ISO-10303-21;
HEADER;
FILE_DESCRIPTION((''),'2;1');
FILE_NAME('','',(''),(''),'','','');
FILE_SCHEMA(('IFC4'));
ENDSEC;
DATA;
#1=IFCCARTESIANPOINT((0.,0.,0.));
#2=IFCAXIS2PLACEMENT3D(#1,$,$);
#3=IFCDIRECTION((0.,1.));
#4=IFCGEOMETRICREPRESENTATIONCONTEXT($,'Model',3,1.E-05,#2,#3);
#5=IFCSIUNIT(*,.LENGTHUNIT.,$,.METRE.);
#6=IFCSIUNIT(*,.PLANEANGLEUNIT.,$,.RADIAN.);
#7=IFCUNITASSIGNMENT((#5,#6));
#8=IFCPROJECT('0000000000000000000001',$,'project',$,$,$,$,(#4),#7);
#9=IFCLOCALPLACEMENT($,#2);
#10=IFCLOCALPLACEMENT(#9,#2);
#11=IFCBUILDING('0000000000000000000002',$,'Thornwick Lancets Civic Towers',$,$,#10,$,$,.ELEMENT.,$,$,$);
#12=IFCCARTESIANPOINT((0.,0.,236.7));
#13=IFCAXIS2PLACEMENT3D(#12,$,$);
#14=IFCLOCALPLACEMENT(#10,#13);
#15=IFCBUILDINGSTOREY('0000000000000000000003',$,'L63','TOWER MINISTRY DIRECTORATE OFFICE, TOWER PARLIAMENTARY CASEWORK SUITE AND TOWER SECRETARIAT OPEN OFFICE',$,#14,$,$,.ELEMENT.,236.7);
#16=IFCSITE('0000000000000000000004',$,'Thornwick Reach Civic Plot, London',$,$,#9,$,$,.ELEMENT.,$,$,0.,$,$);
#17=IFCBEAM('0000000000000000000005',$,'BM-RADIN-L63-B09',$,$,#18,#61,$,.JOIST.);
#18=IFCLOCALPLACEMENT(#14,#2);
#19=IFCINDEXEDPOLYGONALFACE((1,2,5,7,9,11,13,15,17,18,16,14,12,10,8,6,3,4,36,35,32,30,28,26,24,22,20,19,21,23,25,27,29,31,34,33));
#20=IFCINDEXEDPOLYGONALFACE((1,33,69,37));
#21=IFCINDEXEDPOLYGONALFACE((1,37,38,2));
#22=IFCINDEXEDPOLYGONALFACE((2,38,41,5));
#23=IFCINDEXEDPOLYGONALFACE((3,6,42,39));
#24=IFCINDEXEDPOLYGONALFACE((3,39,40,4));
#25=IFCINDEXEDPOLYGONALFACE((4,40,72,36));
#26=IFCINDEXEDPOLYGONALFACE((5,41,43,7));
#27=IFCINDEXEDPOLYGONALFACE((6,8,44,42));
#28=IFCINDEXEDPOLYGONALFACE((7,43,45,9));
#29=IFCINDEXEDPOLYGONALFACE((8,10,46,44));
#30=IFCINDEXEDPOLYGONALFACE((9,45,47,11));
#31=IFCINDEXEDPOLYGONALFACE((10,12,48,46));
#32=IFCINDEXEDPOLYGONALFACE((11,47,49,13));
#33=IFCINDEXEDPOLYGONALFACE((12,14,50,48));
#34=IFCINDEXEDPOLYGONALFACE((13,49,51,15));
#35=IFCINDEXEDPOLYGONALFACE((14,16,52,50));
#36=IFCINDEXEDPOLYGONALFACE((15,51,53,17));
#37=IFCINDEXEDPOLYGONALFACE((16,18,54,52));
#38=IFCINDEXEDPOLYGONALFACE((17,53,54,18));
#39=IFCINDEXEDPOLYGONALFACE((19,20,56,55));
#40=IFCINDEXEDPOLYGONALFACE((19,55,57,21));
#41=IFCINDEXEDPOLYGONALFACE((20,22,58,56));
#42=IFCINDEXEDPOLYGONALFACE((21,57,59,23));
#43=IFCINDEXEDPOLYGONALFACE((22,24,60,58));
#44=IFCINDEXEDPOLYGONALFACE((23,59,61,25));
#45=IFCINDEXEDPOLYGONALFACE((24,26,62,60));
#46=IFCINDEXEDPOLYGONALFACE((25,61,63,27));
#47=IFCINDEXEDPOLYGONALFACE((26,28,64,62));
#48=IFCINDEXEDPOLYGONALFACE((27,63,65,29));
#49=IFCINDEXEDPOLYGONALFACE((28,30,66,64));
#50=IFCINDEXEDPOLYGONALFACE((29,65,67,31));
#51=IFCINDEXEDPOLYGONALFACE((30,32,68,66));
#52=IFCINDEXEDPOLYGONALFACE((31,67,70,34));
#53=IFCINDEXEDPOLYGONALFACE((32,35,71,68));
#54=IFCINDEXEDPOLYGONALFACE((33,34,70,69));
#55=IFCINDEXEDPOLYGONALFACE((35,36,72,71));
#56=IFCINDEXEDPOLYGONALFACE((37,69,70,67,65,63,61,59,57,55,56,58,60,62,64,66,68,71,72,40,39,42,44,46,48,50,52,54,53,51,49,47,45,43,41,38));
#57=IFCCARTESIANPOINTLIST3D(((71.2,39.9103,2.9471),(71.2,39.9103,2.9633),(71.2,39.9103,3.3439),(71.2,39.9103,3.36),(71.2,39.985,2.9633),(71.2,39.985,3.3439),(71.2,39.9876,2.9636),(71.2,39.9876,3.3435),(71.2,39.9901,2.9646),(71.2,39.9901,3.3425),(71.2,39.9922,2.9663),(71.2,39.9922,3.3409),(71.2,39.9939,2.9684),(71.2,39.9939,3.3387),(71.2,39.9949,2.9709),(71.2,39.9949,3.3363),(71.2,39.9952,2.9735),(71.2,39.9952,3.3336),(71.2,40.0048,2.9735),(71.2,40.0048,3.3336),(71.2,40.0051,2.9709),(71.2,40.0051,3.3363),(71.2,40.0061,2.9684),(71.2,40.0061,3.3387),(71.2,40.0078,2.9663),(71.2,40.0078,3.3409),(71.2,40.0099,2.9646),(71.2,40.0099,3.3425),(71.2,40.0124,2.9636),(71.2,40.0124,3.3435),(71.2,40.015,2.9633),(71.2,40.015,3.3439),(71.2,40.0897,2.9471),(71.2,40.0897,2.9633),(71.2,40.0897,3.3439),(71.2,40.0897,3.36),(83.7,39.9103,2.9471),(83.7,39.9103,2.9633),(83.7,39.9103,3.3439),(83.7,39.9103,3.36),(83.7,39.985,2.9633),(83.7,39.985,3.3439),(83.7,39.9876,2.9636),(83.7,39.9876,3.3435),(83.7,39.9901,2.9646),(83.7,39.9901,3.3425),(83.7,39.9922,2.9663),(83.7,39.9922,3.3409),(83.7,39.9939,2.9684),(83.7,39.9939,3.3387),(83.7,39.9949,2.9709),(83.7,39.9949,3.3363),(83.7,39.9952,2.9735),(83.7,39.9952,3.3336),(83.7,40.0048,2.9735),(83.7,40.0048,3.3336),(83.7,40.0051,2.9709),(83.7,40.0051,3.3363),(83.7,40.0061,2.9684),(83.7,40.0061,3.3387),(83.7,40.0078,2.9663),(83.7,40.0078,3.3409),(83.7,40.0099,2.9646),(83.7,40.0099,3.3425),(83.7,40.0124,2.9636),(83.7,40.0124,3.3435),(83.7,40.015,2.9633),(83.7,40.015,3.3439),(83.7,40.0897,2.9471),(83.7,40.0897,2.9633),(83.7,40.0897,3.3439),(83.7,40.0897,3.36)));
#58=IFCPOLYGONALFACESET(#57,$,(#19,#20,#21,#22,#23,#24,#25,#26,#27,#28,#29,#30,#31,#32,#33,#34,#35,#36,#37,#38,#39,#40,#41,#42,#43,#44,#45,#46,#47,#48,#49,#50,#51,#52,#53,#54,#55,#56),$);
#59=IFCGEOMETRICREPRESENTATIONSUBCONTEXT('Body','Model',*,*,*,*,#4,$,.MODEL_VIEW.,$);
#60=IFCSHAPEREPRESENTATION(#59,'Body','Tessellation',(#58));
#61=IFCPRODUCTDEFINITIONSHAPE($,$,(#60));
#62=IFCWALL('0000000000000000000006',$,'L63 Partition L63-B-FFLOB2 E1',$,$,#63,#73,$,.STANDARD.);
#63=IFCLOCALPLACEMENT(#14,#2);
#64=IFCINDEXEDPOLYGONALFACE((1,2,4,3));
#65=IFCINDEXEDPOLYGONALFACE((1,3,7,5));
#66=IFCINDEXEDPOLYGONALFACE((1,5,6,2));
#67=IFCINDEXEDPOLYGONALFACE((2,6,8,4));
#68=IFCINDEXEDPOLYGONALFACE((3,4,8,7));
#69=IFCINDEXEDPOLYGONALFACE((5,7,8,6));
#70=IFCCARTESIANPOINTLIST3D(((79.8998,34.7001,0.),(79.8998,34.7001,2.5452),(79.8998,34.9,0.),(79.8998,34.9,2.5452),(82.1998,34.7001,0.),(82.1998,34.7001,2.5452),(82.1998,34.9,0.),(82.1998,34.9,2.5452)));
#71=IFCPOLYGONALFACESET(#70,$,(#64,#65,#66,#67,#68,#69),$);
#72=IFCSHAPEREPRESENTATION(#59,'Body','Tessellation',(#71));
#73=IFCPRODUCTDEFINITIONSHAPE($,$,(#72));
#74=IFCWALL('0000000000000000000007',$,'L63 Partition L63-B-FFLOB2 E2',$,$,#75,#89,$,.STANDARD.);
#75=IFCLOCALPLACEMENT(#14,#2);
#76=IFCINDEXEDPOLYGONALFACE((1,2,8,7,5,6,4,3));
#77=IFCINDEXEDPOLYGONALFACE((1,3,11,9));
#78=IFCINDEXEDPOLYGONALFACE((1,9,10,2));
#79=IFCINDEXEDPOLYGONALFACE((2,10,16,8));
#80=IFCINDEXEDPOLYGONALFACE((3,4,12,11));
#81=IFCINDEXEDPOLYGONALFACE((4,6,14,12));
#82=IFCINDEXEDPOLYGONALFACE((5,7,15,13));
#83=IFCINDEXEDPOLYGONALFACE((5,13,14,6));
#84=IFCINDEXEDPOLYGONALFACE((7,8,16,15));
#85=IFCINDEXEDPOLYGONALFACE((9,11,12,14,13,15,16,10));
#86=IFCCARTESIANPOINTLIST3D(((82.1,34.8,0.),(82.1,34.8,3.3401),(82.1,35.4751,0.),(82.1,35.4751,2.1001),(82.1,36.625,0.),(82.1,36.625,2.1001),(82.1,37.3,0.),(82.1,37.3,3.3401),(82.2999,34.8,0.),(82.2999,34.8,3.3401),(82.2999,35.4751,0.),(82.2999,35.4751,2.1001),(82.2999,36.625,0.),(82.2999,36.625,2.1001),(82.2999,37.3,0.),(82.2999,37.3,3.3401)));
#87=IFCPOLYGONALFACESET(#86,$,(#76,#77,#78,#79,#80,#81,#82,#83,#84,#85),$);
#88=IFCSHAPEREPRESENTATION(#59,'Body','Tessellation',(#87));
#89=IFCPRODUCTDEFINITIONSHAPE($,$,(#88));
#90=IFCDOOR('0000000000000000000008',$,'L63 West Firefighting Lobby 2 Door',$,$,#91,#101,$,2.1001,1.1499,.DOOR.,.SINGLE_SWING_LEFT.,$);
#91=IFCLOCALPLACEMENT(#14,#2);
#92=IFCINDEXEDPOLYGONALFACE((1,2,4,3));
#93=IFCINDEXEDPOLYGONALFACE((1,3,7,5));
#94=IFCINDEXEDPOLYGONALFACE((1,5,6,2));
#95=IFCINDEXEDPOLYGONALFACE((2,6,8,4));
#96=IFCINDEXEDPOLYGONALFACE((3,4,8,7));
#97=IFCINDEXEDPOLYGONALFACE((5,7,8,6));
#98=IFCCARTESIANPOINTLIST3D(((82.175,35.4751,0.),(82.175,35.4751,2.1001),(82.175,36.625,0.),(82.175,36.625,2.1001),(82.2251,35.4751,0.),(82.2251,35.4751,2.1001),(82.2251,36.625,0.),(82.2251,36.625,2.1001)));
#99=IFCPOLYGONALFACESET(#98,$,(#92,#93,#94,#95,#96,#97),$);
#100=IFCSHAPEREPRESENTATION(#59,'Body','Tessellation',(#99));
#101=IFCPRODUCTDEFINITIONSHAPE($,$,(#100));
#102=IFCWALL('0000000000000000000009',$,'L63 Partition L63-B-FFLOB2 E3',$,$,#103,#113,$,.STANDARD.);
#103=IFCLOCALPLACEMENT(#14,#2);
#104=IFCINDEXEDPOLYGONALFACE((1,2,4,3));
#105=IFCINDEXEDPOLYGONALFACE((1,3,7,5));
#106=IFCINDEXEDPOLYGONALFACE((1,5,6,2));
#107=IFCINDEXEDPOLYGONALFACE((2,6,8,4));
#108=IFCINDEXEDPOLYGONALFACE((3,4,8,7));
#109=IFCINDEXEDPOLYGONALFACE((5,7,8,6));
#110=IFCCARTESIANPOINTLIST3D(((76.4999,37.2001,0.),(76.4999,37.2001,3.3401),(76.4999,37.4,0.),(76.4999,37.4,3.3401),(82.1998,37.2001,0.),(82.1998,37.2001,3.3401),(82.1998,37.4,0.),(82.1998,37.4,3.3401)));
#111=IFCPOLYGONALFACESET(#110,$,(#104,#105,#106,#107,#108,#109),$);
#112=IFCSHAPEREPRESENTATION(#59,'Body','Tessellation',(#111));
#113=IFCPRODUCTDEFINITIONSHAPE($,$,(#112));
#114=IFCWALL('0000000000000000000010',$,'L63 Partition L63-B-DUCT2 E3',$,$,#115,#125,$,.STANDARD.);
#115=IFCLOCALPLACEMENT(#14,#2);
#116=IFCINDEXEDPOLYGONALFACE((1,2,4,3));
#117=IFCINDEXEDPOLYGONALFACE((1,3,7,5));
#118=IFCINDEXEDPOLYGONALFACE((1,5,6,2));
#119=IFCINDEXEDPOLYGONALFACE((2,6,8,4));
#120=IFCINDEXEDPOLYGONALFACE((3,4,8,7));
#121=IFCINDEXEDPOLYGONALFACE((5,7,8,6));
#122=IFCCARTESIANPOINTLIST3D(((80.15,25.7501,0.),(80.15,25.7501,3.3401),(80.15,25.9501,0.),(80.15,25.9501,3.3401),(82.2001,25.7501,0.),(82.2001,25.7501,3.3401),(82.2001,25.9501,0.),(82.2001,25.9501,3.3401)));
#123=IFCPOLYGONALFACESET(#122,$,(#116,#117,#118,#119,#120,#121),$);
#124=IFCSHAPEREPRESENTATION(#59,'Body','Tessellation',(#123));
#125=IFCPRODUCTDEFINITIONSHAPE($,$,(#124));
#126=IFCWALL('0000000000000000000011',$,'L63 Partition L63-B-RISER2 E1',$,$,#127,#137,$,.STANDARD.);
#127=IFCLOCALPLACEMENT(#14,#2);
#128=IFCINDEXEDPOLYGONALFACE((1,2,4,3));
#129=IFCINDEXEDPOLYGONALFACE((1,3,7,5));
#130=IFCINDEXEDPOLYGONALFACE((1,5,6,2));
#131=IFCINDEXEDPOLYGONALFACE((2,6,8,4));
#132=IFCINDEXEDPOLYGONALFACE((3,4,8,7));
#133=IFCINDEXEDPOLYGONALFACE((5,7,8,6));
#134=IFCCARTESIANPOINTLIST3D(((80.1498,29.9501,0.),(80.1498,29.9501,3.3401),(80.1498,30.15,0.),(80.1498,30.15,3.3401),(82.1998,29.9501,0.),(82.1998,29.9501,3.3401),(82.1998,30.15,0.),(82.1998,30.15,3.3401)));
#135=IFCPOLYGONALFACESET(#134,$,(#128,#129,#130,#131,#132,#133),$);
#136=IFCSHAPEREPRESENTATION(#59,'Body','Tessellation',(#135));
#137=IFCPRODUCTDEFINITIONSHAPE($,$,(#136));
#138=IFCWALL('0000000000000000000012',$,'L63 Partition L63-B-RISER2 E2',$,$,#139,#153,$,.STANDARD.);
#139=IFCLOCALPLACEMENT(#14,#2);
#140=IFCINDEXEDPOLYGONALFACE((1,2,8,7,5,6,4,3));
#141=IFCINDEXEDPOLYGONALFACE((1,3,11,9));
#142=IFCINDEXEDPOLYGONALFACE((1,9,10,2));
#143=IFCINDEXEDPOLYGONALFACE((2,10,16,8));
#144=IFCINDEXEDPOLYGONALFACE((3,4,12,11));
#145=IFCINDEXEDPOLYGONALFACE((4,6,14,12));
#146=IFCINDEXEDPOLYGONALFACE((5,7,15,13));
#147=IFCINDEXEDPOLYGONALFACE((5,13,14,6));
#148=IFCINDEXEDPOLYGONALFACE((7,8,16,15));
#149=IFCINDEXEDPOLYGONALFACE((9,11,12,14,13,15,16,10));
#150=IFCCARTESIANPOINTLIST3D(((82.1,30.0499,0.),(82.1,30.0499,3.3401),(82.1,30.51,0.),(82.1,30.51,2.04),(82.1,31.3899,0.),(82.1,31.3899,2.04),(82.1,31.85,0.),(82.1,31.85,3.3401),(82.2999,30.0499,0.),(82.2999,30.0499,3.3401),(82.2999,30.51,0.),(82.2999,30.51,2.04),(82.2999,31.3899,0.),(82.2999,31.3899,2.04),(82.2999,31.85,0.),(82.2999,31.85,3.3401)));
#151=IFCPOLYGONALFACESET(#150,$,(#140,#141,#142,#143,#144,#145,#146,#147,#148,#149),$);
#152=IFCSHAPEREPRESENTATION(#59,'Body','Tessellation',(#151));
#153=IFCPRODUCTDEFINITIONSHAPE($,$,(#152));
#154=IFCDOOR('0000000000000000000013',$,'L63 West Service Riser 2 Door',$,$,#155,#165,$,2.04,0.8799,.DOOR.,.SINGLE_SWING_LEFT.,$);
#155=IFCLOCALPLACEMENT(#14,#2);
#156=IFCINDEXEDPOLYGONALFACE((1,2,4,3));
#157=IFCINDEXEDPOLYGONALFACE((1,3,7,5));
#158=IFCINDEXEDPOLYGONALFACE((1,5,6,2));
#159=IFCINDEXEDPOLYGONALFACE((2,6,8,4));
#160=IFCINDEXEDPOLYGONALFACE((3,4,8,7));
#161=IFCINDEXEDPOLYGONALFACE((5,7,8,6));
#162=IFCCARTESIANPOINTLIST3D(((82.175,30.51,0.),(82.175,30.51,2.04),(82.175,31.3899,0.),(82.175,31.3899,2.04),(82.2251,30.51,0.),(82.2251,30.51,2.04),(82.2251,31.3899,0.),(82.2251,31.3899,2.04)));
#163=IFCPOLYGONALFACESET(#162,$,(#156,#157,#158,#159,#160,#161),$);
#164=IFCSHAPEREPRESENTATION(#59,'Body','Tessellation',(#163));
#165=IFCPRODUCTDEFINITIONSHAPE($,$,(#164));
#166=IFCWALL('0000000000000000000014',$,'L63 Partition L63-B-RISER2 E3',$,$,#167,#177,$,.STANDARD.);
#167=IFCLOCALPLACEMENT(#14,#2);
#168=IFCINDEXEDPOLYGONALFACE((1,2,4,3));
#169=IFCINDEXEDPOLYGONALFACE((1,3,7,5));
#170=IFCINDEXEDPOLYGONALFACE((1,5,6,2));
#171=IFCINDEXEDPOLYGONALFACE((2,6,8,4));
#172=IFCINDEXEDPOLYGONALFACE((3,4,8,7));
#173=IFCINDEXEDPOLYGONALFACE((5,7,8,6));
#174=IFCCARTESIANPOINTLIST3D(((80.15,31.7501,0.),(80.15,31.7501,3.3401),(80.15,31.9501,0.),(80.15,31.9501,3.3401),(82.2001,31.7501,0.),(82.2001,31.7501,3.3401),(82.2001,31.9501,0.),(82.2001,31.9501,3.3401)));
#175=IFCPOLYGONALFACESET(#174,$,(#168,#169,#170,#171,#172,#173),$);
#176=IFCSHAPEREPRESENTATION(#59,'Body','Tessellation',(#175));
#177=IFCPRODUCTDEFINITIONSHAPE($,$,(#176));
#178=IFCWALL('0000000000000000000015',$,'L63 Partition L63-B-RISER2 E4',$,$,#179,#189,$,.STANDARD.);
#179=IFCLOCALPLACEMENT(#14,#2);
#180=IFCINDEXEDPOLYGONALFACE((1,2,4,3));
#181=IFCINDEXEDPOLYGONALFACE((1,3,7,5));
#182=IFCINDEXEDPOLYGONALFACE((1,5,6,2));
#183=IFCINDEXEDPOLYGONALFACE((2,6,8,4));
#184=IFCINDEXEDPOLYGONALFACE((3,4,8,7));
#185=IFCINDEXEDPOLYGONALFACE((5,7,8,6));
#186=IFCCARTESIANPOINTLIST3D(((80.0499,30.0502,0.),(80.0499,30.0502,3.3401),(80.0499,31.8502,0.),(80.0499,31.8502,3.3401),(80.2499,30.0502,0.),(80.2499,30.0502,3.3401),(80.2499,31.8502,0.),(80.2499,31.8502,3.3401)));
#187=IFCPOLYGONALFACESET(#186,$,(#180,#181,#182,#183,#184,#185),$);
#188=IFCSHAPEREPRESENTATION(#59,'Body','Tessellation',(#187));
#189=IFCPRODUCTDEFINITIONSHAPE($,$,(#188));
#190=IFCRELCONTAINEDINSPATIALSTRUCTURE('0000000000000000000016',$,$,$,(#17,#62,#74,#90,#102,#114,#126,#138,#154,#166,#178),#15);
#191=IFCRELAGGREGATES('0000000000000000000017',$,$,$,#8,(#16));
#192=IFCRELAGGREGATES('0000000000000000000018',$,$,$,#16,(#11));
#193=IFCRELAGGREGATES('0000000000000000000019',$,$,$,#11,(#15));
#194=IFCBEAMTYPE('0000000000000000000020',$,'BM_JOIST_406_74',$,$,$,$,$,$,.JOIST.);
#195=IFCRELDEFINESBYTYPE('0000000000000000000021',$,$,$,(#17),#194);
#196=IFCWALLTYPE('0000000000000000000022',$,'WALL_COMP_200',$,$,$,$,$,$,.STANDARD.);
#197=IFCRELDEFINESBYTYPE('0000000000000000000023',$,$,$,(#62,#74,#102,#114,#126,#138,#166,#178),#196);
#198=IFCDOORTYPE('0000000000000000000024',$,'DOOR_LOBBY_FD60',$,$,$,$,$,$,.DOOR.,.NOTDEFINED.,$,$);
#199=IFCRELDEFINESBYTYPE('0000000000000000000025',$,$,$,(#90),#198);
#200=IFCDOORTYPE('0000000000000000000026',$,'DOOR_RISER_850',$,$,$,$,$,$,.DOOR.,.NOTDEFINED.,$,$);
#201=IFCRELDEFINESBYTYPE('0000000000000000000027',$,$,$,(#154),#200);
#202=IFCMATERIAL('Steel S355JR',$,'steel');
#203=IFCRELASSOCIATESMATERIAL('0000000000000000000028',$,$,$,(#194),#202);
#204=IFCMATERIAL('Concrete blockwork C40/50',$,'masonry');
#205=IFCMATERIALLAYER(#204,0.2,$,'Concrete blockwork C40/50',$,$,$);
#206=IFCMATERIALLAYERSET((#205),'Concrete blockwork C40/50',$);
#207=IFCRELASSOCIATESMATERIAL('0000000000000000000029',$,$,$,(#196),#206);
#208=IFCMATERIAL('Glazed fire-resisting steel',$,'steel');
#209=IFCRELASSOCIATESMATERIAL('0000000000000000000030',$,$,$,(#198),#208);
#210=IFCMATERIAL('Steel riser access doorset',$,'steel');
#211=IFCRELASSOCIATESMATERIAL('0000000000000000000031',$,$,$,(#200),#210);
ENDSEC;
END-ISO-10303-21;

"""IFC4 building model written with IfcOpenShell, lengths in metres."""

from ifc_helpers import new_model, si_unit, direction, frame, frame_2d, origin, origin_2d, place, context, subcontext, project, spatial, rectangle, i_section, extrude, material, layer, layer_set, material_profile, profile_set, type_object, element, fill, save


model = new_model("IFC4")

# Units and contexts
model_context = context("Model", 3, precision=1e-05, world=origin(), true_north=direction((0.0, 1.0)))
body_context = subcontext(model_context, "Body", "Model", "MODEL_VIEW")
ifc_project = project(units=[si_unit("LENGTHUNIT", "METRE"), si_unit("PLANEANGLEUNIT", "RADIAN")], contexts=[model_context])

# Site, building, storey
site_placement = place(None, origin())
site = spatial("IfcSite", under=ifc_project, at=site_placement, Name="Thornwick Reach Civic Plot, London", CompositionType="ELEMENT", RefElevation=0.0)
building_placement = place(site_placement, origin())
building = spatial("IfcBuilding", under=site, at=building_placement, Name="Thornwick Lancets Civic Towers", CompositionType="ELEMENT")
storey_placement = place(building_placement, frame((0.0, 0.0, 236.7)))
storey = spatial("IfcBuildingStorey", under=building, at=storey_placement, Name="L63", Description="TOWER MINISTRY DIRECTORATE OFFICE, TOWER PARLIAMENTARY CASEWORK SUITE AND TOWER SECRETARIAT OPEN OFFICE", CompositionType="ELEMENT", Elevation=236.7)

# Beam
ifc_material_1 = material(Name="Steel S355JR", Category="steel")
ifc_material_profile_1 = material_profile(ifc_material_1, i_section(OverallWidth=0.1794, OverallDepth=0.4128, WebThickness=0.0095, FlangeThickness=0.0161, FilletRadius=0.0103, at=origin_2d()), Name="UKB 406x178x74")
ifc_profile_set_1 = profile_set([ifc_material_profile_1], Name="Steel S355JR")
beam_type_1 = type_object("IfcBeamType", Name="BM_JOIST_406_74", PredefinedType="JOIST", material=ifc_profile_set_1)
beam_1_placement = place(storey_placement, frame((83.7, 40.0, 3.1536), z_axis=(-1.0, 0.0, 0.0), x_axis=(0.0, -1.0, 0.0)))
element("IfcBeam", 1, at=beam_1_placement, inside=storey, type_object=beam_type_1, Name="BM-RADIN-L63-B09", PredefinedType="JOIST", context=body_context, shape_type="SweptSolid", body=[
    extrude(i_section(OverallWidth=0.1794, OverallDepth=0.4128, WebThickness=0.0095, FlangeThickness=0.0161, FilletRadius=0.0103, at=origin_2d()), origin(), (0.0, 0.0, 1.0), 12.5),
])

# Wall
ifc_material_2 = material(Name="Concrete blockwork C40/50", Category="masonry")
ifc_layer_1 = layer(ifc_material_2, 0.2, Name="Concrete blockwork C40/50")
ifc_layer_set_1 = layer_set([ifc_layer_1], Name="Concrete blockwork C40/50")
wall_type_1 = type_object("IfcWallType", Name="WALL_COMP_200", PredefinedType="STANDARD", material=ifc_layer_set_1)
wall_1_placement = place(storey_placement, frame((79.8999, 34.8, 0.0), z_axis=(0.0, 0.0, 1.0), x_axis=(1.0, 0.0, 0.0)))
element("IfcWall", 2, at=wall_1_placement, inside=storey, type_object=wall_type_1, Name="L63 Partition L63-B-FFLOB2 E1", PredefinedType="STANDARD", context=body_context, shape_type="SweptSolid", body=[
    extrude(rectangle(XDim=2.3, YDim=0.2, at=frame_2d((1.1499, 0.0))), origin(), (0.0, 0.0, 1.0), 2.5452),
])

# Wall, opening, door
wall_2_placement = place(storey_placement, frame((82.2, 34.8, 0.0), z_axis=(0.0, 0.0, 1.0), x_axis=(0.0, 1.0, 0.0)))
wall_2 = element("IfcWall", 3, at=wall_2_placement, inside=storey, type_object=wall_type_1, Name="L63 Partition L63-B-FFLOB2 E2", PredefinedType="STANDARD", context=body_context, shape_type="SweptSolid", body=[
    extrude(rectangle(XDim=2.5, YDim=0.2, at=frame_2d((1.25, 0.0))), origin(), (0.0, 0.0, 1.0), 3.3401),
])
opening_1_placement = place(wall_2_placement, frame((0.675, 0.0, 0.0)))
opening_1 = element("IfcOpeningElement", 4, at=opening_1_placement, cuts=wall_2, PredefinedType="OPENING", context=body_context, shape_type="SweptSolid", body=[
    extrude(rectangle(XDim=1.1499, YDim=2.1001, at=frame_2d((0.575, 1.05))), frame((0.0, 0.1099, 0.0), z_axis=(0.0, -1.0, 0.0), x_axis=(1.0, 0.0, 0.0)), (0.0, 0.0, 1.0), 0.22),
])
ifc_material_3 = material(Name="Glazed fire-resisting steel", Category="steel")
door_type_1 = type_object("IfcDoorType", Name="DOOR_LOBBY_FD60", OperationType="NOTDEFINED", PredefinedType="DOOR", material=ifc_material_3)
door_1_placement = place(opening_1_placement, origin())
door_1 = element("IfcDoor", 5, at=door_1_placement, inside=storey, type_object=door_type_1, Name="L63 West Firefighting Lobby 2 Door", OperationType="SINGLE_SWING_LEFT", OverallHeight=2.1001, OverallWidth=1.1499, PredefinedType="DOOR", context=body_context, shape_type="SweptSolid", body=[
    extrude(rectangle(XDim=1.1499, YDim=2.1001, at=frame_2d((0.575, 1.05))), frame((0.0, 0.0249, 0.0), z_axis=(0.0, -1.0, 0.0), x_axis=(1.0, 0.0, 0.0)), (0.0, 0.0, 1.0), 0.05),
])
fill(opening_1, door_1)

# Walls
wall_3_placement = place(storey_placement, frame((82.2, 37.3, 0.0), z_axis=(0.0, 0.0, 1.0), x_axis=(-1.0, 0.0, 0.0)))
element("IfcWall", 6, at=wall_3_placement, inside=storey, type_object=wall_type_1, Name="L63 Partition L63-B-FFLOB2 E3", PredefinedType="STANDARD", context=body_context, shape_type="SweptSolid", body=[
    extrude(rectangle(XDim=5.7, YDim=0.2, at=frame_2d((2.8501, 0.0))), origin(), (0.0, 0.0, 1.0), 3.3401),
])
for number, where, z_axis, x_axis, name in (
    (7, (82.2, 25.8501, 0.0), (0.0, 0.0, 1.0), (-1.0, 0.0, 0.0), "L63 Partition L63-B-DUCT2 E3"),
    (8, (80.1499, 30.05, 0.0), (0.0, 0.0, 1.0), (1.0, 0.0, 0.0), "L63 Partition L63-B-RISER2 E1"),
):
    element("IfcWall", number, at=place(storey_placement, frame(where, z_axis=z_axis, x_axis=x_axis)), inside=storey, type_object=wall_type_1, Name=name, PredefinedType="STANDARD", context=body_context, shape_type="SweptSolid", body=[
        extrude(rectangle(XDim=2.05, YDim=0.2, at=frame_2d((1.0249, 0.0))), origin(), (0.0, 0.0, 1.0), 3.3401),
    ])

# Wall, opening, door
wall_4_placement = place(storey_placement, frame((82.2, 30.05, 0.0), z_axis=(0.0, 0.0, 1.0), x_axis=(0.0, 1.0, 0.0)))
wall_4 = element("IfcWall", 9, at=wall_4_placement, inside=storey, type_object=wall_type_1, Name="L63 Partition L63-B-RISER2 E2", PredefinedType="STANDARD", context=body_context, shape_type="SweptSolid", body=[
    extrude(rectangle(XDim=1.8, YDim=0.2, at=frame_2d((0.8999, 0.0))), origin(), (0.0, 0.0, 1.0), 3.3401),
])
opening_2_placement = place(wall_4_placement, frame((0.46, 0.0, 0.0)))
opening_2 = element("IfcOpeningElement", 10, at=opening_2_placement, cuts=wall_4, PredefinedType="OPENING", context=body_context, shape_type="SweptSolid", body=[
    extrude(rectangle(XDim=0.8799, YDim=2.04, at=frame_2d((0.4399, 1.02))), frame((0.0, 0.1099, 0.0), z_axis=(0.0, -1.0, 0.0), x_axis=(1.0, 0.0, 0.0)), (0.0, 0.0, 1.0), 0.22),
])
ifc_material_4 = material(Name="Steel riser access doorset", Category="steel")
door_type_2 = type_object("IfcDoorType", Name="DOOR_RISER_850", OperationType="NOTDEFINED", PredefinedType="DOOR", material=ifc_material_4)
door_2_placement = place(opening_2_placement, origin())
door_2 = element("IfcDoor", 11, at=door_2_placement, inside=storey, type_object=door_type_2, Name="L63 West Service Riser 2 Door", OperationType="SINGLE_SWING_LEFT", OverallHeight=2.04, OverallWidth=0.8799, PredefinedType="DOOR", context=body_context, shape_type="SweptSolid", body=[
    extrude(rectangle(XDim=0.8799, YDim=2.04, at=frame_2d((0.4399, 1.02))), frame((0.0, 0.0249, 0.0), z_axis=(0.0, -1.0, 0.0), x_axis=(1.0, 0.0, 0.0)), (0.0, 0.0, 1.0), 0.05),
])
fill(opening_2, door_2)

# Walls
wall_5_placement = place(storey_placement, frame((82.2, 31.8501, 0.0), z_axis=(0.0, 0.0, 1.0), x_axis=(-1.0, 0.0, 0.0)))
element("IfcWall", 12, at=wall_5_placement, inside=storey, type_object=wall_type_1, Name="L63 Partition L63-B-RISER2 E3", PredefinedType="STANDARD", context=body_context, shape_type="SweptSolid", body=[
    extrude(rectangle(XDim=2.05, YDim=0.2, at=frame_2d((1.0249, 0.0))), origin(), (0.0, 0.0, 1.0), 3.3401),
])
wall_6_placement = place(storey_placement, frame((80.1499, 31.8501, 0.0), z_axis=(0.0, 0.0, 1.0), x_axis=(0.0, -1.0, 0.0)))
element("IfcWall", 13, at=wall_6_placement, inside=storey, type_object=wall_type_1, Name="L63 Partition L63-B-RISER2 E4", PredefinedType="STANDARD", context=body_context, shape_type="SweptSolid", body=[
    extrude(rectangle(XDim=1.8, YDim=0.2, at=frame_2d((0.8999, 0.0))), origin(), (0.0, 0.0, 1.0), 3.3401),
])

save(model, "model.ifc")
